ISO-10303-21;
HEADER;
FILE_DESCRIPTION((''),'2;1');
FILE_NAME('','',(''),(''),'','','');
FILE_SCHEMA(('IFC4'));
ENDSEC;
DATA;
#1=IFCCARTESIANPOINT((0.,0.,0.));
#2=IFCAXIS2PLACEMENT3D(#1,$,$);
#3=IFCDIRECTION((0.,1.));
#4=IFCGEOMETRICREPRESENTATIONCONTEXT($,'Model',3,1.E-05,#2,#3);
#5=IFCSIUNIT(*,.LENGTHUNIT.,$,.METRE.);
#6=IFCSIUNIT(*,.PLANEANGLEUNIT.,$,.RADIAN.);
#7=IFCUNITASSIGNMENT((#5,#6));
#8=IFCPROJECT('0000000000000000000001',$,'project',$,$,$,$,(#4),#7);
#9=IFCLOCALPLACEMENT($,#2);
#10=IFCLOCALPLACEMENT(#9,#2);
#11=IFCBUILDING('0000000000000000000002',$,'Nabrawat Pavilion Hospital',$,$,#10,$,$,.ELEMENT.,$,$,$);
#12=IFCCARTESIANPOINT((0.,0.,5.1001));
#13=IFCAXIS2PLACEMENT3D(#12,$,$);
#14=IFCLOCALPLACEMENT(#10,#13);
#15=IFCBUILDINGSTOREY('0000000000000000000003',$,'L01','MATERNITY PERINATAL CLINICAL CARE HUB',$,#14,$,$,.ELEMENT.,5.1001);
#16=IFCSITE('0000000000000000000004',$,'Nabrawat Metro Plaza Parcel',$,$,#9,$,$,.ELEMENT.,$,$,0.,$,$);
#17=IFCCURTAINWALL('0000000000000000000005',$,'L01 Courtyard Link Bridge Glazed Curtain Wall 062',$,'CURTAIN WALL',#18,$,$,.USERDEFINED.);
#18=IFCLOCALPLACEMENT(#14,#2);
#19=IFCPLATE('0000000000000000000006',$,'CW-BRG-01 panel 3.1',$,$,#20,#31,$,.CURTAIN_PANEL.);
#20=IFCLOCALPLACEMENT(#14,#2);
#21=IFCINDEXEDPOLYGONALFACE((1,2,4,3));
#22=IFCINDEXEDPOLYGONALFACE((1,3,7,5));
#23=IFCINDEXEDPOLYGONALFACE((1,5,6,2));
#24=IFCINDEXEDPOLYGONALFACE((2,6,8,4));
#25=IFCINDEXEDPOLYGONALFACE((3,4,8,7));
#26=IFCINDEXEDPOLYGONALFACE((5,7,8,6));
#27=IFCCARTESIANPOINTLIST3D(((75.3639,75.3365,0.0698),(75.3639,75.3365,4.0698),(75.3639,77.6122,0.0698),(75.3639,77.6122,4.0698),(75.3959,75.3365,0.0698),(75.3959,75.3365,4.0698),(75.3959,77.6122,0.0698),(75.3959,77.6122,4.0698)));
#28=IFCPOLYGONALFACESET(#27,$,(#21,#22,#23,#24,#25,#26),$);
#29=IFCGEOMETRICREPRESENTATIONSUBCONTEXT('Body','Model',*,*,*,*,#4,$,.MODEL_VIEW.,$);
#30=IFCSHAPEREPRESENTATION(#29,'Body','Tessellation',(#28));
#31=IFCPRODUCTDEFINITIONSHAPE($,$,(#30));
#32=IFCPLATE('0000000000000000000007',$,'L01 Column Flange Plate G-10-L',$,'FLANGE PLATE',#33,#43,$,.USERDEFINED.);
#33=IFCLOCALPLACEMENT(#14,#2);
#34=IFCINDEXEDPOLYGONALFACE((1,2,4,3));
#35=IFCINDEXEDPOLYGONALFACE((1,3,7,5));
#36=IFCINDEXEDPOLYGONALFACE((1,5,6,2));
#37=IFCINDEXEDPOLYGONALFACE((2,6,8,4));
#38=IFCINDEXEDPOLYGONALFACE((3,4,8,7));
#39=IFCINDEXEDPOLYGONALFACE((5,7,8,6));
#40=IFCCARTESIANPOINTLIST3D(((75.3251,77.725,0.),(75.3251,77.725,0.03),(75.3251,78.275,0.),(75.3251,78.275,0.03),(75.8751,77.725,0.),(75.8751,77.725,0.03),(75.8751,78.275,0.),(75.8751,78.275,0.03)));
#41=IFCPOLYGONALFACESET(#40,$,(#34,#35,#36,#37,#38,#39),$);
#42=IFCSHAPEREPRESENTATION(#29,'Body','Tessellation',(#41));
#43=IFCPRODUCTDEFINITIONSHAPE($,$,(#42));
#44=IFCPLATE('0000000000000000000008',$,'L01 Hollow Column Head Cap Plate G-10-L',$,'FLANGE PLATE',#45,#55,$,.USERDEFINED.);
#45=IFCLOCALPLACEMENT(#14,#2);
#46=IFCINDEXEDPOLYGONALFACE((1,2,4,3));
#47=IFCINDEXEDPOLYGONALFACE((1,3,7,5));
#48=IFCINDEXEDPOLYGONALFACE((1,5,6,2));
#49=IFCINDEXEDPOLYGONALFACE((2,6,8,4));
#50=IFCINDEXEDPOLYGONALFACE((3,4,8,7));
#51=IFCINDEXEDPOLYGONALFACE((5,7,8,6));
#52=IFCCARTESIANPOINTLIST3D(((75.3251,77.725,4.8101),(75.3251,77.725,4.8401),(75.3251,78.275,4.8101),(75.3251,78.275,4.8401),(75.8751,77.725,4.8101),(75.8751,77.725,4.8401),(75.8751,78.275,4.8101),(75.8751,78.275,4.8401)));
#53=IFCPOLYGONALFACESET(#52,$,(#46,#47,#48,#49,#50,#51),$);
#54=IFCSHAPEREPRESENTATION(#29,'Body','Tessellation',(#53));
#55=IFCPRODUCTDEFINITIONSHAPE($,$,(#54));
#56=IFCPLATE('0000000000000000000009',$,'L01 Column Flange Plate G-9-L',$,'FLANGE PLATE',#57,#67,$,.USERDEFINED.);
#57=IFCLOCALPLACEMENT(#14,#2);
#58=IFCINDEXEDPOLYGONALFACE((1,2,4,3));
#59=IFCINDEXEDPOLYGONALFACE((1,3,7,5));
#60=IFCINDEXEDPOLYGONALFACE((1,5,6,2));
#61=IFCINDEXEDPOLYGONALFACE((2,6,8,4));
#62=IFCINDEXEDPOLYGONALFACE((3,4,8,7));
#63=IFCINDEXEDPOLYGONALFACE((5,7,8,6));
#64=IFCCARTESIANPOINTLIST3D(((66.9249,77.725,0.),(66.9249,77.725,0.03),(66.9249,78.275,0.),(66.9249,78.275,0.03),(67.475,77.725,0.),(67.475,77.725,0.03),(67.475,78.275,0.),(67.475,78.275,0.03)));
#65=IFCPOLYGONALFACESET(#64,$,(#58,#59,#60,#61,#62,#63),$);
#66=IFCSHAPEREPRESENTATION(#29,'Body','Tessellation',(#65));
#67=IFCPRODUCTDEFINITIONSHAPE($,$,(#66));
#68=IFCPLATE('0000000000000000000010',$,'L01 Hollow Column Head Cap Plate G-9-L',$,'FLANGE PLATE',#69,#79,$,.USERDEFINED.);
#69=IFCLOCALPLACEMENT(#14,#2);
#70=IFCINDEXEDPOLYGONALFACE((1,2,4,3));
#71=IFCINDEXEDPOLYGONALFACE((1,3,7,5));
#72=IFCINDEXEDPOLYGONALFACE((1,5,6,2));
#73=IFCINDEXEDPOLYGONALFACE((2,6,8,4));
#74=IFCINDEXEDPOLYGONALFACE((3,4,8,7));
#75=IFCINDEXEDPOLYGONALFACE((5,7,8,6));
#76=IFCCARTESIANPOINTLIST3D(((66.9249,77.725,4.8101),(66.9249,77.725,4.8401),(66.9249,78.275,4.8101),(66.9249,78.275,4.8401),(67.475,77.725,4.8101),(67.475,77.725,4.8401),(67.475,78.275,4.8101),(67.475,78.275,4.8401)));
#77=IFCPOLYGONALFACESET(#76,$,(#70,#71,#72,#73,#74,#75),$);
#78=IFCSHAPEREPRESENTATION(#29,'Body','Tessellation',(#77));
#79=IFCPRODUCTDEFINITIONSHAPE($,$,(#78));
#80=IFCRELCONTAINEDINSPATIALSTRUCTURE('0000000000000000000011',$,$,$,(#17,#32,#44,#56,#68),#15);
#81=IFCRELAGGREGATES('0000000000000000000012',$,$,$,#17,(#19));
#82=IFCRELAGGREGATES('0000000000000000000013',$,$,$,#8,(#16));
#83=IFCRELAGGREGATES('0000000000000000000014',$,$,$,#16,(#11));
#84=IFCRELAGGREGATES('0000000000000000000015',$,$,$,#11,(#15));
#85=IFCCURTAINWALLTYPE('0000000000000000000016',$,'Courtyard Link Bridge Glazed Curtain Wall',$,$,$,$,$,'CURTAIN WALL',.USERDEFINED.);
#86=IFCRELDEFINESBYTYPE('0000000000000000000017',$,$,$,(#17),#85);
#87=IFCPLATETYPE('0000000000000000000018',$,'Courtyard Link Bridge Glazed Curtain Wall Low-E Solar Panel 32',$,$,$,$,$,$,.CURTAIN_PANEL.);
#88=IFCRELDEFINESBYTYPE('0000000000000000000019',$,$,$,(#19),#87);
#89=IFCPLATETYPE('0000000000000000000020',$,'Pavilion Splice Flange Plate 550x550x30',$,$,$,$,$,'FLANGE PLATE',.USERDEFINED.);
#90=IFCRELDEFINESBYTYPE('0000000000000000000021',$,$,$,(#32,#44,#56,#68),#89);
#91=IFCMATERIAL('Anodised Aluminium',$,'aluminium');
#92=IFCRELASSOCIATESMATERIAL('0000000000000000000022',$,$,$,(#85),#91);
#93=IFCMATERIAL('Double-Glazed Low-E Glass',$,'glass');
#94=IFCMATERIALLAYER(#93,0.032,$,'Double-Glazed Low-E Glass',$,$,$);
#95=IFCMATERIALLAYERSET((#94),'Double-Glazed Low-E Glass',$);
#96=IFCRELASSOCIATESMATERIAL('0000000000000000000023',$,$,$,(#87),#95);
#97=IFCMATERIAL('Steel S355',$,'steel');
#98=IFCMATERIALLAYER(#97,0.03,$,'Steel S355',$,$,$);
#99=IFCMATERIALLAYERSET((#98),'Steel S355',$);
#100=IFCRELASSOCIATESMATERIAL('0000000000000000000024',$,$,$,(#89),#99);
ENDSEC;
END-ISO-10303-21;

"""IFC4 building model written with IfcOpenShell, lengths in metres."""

from ifc_helpers import new_model, si_unit, direction, frame, origin, origin_2d, place, context, subcontext, project, spatial, rectangle, extrude, material, layer, layer_set, type_object, element, aggregate, save


model = new_model("IFC4")

# Units and contexts
model_context = context("Model", 3, precision=1e-05, world=origin(), true_north=direction((0.0, 1.0)))
body_context = subcontext(model_context, "Body", "Model", "MODEL_VIEW")
ifc_project = project(units=[si_unit("LENGTHUNIT", "METRE"), si_unit("PLANEANGLEUNIT", "RADIAN")], contexts=[model_context])

# Site, building, storey
site_placement = place(None, origin())
site = spatial("IfcSite", under=ifc_project, at=site_placement, Name="Nabrawat Metro Plaza Parcel", CompositionType="ELEMENT", RefElevation=0.0)
building_placement = place(site_placement, origin())
building = spatial("IfcBuilding", under=site, at=building_placement, Name="Nabrawat Pavilion Hospital", CompositionType="ELEMENT")
storey_placement = place(building_placement, frame((0.0, 0.0, 5.1001)))
storey = spatial("IfcBuildingStorey", under=building, at=storey_placement, Name="L01", Description="MATERNITY PERINATAL CLINICAL CARE HUB", CompositionType="ELEMENT", Elevation=5.1001)

# Shared definitions
ifc_material_1 = material(Name="Steel S355", Category="steel")

# Shared definitions
ifc_material_2 = material(Name="Anodised Aluminium", Category="aluminium")
curtain_wall_type = type_object("IfcCurtainWallType", Name="Courtyard Link Bridge Glazed Curtain Wall", ElementType="CURTAIN WALL", PredefinedType="USERDEFINED", material=ifc_material_2)

# Curtain wall
curtain_wall_1_placement = place(storey_placement, origin())
curtain_wall_1 = element("IfcCurtainWall", 1, at=curtain_wall_1_placement, inside=storey, type_object=curtain_wall_type, Name="L01 Courtyard Link Bridge Glazed Curtain Wall 062", ObjectType="CURTAIN WALL", PredefinedType="USERDEFINED")

# Plate
ifc_material_3 = material(Name="Double-Glazed Low-E Glass", Category="glass")
ifc_layer_1 = layer(ifc_material_3, 0.032, Name="Double-Glazed Low-E Glass")
ifc_layer_set_1 = layer_set([ifc_layer_1], Name="Double-Glazed Low-E Glass")
plate_type_1 = type_object("IfcPlateType", Name="Courtyard Link Bridge Glazed Curtain Wall Low-E Solar Panel 32", PredefinedType="CURTAIN_PANEL", material=ifc_layer_set_1)
plate_1_placement = place(storey_placement, frame((75.3799, 76.4744, 0.0698), z_axis=(0.0, 0.0, 1.0), x_axis=(0.0, 1.0, 0.0)))
plate_1 = element("IfcPlate", 2, at=plate_1_placement, type_object=plate_type_1, Name="CW-BRG-01 panel 3.1", PredefinedType="CURTAIN_PANEL", context=body_context, shape_type="SweptSolid", body=[
    extrude(rectangle(XDim=2.2756, YDim=0.032, at=origin_2d()), origin(), (0.0, 0.0, 1.0), 4.0),
])
aggregate(curtain_wall_1, [plate_1])

# Plates
ifc_layer_2 = layer(ifc_material_1, 0.03, Name="Steel S355")
ifc_layer_set_2 = layer_set([ifc_layer_2], Name="Steel S355")
plate_type_2 = type_object("IfcPlateType", Name="Pavilion Splice Flange Plate 550x550x30", ElementType="FLANGE PLATE", PredefinedType="USERDEFINED", material=ifc_layer_set_2)
for number, where, z_axis, x_axis, name in (
    (3, (75.6001, 78.0, 0.0), (0.0, 0.0, 1.0), (1.0, 0.0, 0.0), "L01 Column Flange Plate G-10-L"),
    (4, (75.6001, 78.0, 4.8101), (0.0, 0.0, 1.0), (1.0, 0.0, 0.0), "L01 Hollow Column Head Cap Plate G-10-L"),
    (5, (67.2, 78.0, 0.0), (0.0, 0.0, 1.0), (1.0, 0.0, 0.0), "L01 Column Flange Plate G-9-L"),
    (6, (67.2, 78.0, 4.8101), (0.0, 0.0, 1.0), (1.0, 0.0, 0.0), "L01 Hollow Column Head Cap Plate G-9-L"),
):
    element("IfcPlate", number, at=place(storey_placement, frame(where, z_axis=z_axis, x_axis=x_axis)), inside=storey, type_object=plate_type_2, Name=name, ObjectType="FLANGE PLATE", PredefinedType="USERDEFINED", context=body_context, shape_type="SweptSolid", body=[
        extrude(rectangle(XDim=0.55, YDim=0.55, at=origin_2d()), origin(), (0.0, 0.0, 1.0), 0.03),
    ])

save(model, "model.ifc")
